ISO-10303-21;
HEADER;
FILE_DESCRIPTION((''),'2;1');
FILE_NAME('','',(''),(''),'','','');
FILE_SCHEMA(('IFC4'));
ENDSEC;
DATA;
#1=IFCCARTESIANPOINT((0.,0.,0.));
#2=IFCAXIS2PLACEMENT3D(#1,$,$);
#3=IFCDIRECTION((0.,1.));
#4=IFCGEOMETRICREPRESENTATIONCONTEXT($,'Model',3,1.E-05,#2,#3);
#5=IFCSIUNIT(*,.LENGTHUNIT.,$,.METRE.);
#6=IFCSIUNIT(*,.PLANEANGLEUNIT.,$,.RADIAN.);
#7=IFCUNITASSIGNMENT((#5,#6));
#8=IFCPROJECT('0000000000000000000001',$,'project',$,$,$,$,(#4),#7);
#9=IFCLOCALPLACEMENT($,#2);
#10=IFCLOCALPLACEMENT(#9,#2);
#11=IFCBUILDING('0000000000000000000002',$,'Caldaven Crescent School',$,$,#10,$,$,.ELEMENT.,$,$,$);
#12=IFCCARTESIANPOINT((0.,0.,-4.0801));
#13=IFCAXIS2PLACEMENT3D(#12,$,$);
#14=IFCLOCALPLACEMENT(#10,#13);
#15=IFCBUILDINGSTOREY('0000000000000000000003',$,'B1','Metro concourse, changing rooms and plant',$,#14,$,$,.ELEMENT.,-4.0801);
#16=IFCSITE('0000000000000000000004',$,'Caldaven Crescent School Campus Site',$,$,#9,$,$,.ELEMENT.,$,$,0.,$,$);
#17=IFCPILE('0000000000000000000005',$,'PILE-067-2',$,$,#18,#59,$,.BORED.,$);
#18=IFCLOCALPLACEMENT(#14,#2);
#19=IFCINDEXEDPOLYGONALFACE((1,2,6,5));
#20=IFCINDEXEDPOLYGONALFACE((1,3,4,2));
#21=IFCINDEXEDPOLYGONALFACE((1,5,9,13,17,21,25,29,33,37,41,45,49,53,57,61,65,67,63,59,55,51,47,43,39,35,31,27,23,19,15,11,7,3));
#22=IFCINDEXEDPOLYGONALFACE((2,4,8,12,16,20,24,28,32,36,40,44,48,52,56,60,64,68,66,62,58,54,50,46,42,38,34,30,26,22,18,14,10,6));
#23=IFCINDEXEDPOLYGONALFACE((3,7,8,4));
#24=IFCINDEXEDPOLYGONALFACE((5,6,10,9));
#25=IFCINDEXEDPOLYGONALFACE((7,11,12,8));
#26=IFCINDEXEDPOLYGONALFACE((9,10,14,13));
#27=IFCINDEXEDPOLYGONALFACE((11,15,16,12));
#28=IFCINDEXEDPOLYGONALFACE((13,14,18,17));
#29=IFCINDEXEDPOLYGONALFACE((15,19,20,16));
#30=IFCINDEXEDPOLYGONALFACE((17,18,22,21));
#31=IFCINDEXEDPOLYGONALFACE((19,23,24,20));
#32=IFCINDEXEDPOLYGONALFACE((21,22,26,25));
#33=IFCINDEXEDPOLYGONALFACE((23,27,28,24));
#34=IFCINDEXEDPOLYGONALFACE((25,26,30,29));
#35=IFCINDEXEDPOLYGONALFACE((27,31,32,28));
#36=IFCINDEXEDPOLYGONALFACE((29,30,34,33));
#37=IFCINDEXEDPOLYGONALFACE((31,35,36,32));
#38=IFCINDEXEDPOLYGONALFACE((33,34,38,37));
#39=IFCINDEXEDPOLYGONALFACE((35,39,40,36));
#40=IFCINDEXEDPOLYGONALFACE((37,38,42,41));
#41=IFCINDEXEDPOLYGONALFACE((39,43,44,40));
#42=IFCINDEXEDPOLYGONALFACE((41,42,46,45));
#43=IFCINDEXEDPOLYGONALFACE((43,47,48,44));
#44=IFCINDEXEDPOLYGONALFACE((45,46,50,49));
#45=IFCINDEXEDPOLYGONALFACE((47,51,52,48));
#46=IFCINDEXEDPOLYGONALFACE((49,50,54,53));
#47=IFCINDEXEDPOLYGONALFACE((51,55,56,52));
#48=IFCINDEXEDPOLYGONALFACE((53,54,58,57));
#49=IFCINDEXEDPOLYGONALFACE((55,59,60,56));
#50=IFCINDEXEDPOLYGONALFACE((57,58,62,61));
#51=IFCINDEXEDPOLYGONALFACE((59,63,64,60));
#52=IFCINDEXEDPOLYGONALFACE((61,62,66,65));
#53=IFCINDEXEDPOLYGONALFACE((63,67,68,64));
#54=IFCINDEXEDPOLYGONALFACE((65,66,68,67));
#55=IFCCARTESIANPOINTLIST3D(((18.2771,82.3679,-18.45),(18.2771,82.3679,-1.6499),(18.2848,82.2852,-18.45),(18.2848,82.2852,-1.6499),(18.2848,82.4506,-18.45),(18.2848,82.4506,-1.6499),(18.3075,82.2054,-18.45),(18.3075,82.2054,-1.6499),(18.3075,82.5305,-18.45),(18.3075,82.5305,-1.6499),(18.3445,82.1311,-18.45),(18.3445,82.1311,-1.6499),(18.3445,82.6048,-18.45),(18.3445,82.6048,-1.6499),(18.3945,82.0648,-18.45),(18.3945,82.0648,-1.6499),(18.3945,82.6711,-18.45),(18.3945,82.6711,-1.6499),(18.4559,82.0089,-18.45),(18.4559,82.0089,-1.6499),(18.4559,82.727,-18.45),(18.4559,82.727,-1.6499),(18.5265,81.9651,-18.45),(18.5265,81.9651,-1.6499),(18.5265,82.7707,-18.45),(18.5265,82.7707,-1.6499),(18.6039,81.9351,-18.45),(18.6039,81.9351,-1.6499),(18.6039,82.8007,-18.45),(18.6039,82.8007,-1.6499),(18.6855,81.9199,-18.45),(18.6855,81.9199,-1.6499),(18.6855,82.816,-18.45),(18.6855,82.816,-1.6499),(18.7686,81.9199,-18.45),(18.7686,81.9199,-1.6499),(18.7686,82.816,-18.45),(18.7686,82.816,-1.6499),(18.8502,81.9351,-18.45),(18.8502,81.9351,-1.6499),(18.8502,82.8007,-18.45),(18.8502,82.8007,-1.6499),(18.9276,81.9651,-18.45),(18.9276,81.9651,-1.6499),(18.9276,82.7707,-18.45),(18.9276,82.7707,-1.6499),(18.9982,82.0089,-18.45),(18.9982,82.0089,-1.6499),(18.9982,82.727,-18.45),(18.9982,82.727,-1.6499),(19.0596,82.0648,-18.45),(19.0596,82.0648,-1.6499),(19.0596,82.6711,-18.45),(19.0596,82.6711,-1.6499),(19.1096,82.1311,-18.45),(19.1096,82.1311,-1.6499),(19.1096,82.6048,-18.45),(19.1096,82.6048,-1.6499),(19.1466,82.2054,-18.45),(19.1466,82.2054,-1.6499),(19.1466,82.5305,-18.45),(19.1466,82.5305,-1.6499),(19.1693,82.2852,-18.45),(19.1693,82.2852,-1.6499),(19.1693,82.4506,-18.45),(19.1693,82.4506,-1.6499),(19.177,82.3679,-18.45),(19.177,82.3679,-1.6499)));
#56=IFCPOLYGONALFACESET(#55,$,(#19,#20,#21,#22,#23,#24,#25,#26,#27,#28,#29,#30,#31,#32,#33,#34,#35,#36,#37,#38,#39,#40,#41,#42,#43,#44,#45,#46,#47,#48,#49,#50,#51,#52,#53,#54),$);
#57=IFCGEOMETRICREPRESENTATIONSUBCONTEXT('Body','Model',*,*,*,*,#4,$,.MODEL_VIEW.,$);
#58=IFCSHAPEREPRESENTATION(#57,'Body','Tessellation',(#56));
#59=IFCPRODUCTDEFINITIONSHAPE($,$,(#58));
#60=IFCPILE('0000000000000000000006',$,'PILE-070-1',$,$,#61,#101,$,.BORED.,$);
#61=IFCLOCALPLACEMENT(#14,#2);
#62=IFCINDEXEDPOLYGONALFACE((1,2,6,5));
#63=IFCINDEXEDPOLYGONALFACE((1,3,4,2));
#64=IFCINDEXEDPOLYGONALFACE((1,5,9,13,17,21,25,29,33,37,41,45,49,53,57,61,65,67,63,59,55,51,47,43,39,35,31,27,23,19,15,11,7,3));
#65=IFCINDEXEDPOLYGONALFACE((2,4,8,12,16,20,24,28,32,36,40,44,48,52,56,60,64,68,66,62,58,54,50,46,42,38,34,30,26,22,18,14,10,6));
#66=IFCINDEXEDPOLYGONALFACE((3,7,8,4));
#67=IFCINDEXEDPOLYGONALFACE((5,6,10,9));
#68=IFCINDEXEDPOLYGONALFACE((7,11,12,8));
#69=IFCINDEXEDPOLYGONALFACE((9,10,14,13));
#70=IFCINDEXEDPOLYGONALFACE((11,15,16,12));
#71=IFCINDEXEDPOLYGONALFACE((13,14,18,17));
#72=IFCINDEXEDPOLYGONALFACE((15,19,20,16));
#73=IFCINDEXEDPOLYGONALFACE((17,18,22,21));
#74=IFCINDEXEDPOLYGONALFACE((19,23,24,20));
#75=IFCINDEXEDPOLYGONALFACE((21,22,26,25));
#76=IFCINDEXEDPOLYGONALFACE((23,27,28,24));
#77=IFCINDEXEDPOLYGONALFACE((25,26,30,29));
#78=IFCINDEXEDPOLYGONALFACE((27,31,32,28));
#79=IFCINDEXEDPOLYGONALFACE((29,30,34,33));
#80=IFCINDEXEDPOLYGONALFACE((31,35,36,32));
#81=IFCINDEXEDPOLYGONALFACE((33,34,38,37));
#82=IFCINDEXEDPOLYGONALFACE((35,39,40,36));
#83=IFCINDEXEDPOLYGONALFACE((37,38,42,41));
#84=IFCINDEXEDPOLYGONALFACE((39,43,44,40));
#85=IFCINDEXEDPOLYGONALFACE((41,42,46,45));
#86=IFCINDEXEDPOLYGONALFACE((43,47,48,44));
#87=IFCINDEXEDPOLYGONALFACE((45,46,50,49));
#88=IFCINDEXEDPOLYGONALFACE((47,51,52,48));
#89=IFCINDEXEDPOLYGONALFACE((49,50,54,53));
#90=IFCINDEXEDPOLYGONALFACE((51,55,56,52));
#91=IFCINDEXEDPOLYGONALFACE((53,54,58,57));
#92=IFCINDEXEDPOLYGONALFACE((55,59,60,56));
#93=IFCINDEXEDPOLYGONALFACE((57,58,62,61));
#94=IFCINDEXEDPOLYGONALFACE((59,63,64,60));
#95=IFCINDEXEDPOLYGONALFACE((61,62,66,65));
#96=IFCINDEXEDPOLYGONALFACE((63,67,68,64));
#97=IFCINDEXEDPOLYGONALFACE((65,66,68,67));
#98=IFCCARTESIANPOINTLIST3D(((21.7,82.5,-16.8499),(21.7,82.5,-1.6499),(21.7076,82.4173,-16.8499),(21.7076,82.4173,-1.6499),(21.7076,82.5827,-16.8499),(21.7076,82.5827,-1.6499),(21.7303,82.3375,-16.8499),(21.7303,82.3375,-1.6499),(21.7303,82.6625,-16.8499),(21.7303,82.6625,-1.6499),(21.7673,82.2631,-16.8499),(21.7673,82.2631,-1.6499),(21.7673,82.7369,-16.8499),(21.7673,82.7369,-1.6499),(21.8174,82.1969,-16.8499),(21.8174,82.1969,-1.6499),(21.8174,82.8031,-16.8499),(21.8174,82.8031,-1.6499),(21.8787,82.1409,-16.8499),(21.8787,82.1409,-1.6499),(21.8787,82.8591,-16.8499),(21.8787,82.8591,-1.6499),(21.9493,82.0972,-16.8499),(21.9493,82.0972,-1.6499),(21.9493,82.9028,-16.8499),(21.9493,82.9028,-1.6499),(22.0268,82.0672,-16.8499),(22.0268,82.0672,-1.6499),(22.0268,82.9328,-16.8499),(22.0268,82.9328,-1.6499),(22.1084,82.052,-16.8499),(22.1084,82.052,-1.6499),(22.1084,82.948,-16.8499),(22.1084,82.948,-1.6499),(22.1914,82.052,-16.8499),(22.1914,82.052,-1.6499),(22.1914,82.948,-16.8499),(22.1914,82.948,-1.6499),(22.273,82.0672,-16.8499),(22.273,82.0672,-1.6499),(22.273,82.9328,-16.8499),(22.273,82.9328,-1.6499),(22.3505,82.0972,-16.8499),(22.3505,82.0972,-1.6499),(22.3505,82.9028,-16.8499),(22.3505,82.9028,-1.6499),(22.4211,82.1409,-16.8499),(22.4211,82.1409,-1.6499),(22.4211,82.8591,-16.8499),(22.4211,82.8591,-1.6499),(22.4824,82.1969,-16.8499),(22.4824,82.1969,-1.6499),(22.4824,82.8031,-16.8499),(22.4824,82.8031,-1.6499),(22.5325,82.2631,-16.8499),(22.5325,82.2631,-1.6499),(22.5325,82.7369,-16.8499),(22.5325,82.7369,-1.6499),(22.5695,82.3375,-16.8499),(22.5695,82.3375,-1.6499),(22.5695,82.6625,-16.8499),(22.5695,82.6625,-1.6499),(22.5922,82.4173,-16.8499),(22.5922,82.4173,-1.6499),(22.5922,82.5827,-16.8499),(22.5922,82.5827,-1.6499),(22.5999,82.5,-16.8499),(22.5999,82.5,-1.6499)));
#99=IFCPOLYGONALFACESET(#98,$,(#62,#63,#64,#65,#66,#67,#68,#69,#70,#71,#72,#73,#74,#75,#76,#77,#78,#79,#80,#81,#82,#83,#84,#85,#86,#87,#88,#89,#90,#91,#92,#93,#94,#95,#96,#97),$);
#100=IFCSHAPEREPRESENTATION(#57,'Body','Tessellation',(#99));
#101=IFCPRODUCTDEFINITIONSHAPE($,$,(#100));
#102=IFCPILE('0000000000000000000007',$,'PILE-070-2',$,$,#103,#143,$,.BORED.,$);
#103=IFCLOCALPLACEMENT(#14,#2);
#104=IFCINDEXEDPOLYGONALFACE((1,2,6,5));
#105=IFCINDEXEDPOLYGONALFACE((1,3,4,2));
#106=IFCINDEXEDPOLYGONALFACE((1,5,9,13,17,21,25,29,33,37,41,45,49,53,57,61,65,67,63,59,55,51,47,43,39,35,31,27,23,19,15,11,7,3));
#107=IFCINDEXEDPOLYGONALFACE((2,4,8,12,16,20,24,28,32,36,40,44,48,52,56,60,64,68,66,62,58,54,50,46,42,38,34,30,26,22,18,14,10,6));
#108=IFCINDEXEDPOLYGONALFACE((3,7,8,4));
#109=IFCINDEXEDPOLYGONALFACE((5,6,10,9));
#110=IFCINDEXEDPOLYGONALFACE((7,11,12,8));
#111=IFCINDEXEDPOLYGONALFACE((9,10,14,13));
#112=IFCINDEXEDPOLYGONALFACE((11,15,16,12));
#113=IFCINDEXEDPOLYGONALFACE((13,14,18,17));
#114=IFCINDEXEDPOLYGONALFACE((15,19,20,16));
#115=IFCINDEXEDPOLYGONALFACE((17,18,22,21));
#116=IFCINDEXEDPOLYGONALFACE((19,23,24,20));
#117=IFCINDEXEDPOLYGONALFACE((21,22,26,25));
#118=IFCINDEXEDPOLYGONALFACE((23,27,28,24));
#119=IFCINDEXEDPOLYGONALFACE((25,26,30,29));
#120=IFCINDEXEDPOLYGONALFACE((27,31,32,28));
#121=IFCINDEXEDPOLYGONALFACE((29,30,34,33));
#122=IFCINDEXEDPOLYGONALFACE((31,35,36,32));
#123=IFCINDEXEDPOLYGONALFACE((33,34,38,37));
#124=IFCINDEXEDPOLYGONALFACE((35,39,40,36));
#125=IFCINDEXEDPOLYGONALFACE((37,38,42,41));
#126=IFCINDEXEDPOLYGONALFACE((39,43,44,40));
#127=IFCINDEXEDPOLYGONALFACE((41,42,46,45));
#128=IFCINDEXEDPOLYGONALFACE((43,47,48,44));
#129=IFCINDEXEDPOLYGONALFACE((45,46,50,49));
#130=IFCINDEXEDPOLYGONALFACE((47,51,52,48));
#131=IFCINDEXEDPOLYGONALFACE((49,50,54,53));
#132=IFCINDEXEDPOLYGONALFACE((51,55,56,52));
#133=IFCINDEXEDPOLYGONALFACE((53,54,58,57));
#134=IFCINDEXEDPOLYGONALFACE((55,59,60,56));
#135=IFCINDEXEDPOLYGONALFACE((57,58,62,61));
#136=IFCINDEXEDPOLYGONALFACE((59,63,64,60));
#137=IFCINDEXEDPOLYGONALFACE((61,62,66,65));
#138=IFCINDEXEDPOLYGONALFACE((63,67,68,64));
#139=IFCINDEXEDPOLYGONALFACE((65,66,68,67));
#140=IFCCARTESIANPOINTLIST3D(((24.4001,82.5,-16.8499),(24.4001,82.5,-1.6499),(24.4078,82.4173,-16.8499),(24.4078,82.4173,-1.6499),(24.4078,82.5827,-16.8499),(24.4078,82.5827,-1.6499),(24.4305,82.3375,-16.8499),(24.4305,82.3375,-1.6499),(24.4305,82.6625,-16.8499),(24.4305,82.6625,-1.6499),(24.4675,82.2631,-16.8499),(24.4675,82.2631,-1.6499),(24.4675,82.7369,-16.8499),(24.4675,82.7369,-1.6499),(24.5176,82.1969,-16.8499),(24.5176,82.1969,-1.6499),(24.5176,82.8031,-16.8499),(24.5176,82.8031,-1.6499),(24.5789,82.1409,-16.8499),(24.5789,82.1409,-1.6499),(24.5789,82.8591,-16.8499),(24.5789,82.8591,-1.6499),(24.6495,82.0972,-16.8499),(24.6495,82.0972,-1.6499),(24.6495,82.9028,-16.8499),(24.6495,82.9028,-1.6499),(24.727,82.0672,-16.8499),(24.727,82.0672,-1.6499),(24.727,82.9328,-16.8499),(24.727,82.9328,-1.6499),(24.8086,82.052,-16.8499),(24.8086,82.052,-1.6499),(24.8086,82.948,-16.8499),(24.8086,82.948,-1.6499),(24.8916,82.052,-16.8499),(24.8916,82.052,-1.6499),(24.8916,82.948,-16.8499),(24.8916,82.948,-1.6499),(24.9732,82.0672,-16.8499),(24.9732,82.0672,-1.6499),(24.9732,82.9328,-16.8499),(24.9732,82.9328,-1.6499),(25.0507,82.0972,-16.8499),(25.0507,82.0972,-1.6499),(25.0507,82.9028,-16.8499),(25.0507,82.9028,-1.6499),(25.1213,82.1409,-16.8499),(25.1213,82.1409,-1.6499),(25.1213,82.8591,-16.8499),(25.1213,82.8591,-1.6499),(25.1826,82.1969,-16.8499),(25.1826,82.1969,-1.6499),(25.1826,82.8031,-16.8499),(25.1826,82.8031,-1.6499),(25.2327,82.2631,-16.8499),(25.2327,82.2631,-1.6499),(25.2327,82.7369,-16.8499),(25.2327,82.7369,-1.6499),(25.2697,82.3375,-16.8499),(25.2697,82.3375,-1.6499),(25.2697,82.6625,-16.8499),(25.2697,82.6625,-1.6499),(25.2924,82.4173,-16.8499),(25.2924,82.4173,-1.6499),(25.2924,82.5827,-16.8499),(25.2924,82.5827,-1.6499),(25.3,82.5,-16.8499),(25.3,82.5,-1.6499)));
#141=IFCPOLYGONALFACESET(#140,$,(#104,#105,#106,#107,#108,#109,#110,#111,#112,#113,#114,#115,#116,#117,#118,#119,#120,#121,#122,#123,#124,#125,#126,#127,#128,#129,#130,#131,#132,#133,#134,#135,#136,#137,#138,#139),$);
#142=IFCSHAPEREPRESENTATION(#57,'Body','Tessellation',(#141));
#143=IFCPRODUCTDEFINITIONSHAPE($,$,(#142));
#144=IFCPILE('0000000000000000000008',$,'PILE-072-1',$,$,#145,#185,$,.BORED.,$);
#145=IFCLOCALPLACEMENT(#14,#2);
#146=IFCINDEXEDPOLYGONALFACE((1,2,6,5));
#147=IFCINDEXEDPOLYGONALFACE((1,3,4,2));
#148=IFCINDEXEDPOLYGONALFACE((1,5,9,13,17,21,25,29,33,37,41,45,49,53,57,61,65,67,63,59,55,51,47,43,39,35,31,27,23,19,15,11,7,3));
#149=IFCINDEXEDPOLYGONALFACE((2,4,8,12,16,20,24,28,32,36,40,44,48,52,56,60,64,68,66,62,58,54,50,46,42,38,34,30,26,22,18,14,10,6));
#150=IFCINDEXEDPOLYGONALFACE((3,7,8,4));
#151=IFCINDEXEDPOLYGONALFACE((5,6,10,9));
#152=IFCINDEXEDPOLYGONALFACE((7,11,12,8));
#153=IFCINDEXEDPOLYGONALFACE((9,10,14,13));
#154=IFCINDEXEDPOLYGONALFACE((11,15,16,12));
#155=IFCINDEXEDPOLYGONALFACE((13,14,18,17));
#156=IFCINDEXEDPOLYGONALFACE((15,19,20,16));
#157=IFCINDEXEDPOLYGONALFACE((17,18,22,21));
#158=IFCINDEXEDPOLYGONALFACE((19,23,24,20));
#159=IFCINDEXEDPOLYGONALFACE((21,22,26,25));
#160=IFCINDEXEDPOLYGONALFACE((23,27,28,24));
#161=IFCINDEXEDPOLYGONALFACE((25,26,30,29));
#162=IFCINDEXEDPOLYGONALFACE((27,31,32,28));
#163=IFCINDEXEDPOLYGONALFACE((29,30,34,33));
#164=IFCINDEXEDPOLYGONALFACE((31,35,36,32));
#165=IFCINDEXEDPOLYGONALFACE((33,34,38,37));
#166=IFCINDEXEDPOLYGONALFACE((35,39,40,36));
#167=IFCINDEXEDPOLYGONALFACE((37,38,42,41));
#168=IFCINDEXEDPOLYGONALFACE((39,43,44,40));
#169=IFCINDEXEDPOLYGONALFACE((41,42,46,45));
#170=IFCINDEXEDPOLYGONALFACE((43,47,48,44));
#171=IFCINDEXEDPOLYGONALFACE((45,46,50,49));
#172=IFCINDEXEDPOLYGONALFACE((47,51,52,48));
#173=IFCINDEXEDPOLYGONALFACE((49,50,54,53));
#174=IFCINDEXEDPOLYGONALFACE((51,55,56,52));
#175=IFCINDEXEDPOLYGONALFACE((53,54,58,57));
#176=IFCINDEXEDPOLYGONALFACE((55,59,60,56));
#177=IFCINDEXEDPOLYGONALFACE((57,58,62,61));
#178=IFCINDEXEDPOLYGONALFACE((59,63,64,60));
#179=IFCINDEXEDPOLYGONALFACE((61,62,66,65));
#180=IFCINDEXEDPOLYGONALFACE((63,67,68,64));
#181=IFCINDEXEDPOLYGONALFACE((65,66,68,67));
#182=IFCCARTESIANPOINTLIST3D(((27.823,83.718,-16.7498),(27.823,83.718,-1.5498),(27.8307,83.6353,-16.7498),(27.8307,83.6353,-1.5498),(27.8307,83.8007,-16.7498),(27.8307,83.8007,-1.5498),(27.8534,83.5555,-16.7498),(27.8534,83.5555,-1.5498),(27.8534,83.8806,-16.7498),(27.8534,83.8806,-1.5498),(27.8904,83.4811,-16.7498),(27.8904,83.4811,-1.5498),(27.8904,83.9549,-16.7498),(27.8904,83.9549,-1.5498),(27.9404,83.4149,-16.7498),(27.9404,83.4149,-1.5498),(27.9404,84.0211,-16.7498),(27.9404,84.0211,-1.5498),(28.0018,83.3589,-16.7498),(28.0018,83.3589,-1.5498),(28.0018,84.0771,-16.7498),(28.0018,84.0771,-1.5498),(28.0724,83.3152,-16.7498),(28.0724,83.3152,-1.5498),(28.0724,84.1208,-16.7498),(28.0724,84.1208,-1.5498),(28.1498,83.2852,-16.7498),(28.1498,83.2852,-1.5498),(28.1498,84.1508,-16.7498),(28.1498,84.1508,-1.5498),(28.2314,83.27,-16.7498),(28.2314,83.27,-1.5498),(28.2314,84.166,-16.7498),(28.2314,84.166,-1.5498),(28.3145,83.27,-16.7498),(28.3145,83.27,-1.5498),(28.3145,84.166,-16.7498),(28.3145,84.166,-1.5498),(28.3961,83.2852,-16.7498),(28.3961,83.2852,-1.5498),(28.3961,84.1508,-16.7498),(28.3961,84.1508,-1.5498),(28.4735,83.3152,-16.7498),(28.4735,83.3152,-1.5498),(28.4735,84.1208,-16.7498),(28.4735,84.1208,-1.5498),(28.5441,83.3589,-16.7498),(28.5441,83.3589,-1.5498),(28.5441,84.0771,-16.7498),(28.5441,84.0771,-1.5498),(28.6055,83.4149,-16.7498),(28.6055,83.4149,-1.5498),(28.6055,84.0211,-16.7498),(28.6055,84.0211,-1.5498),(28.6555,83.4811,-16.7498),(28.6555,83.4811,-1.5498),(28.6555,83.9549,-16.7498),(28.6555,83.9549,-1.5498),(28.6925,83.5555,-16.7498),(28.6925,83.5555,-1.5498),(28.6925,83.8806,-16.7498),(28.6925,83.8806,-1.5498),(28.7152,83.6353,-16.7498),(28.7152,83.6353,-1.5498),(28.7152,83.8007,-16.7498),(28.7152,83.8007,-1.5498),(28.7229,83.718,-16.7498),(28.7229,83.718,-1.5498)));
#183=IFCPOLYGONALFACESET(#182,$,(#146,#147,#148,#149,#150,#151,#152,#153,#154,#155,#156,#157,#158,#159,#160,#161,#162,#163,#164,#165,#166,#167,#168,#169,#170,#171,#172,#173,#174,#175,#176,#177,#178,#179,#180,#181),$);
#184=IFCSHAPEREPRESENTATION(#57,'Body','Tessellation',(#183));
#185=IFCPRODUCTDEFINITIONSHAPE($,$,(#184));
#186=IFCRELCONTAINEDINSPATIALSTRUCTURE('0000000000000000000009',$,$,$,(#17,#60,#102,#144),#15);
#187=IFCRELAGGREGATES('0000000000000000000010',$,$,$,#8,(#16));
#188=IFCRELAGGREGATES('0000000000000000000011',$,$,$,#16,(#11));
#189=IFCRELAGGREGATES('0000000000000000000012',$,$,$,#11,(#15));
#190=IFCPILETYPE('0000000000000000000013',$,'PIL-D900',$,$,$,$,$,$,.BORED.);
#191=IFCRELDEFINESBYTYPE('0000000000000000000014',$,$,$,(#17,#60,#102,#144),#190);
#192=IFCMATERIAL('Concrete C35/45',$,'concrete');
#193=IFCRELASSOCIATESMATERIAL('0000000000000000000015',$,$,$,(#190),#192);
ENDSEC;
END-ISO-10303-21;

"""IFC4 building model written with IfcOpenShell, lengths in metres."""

from ifc_helpers import new_model, si_unit, direction, frame, origin, origin_2d, place, context, subcontext, project, spatial, circle, extrude, material, material_profile, profile_set, type_object, element, save


model = new_model("IFC4")

# Units and contexts
model_context = context("Model", 3, precision=1e-05, world=origin(), true_north=direction((0.0, 1.0)))
body_context = subcontext(model_context, "Body", "Model", "MODEL_VIEW")
ifc_project = project(units=[si_unit("LENGTHUNIT", "METRE"), si_unit("PLANEANGLEUNIT", "RADIAN")], contexts=[model_context])

# Site, building, storey
site_placement = place(None, origin())
site = spatial("IfcSite", under=ifc_project, at=site_placement, Name="Caldaven Crescent School Campus Site", CompositionType="ELEMENT", RefElevation=0.0)
building_placement = place(site_placement, origin())
building = spatial("IfcBuilding", under=site, at=building_placement, Name="Caldaven Crescent School", CompositionType="ELEMENT")
storey_placement = place(building_placement, frame((0.0, 0.0, -4.0801)))
storey = spatial("IfcBuildingStorey", under=building, at=storey_placement, Name="B1", Description="Metro concourse, changing rooms and plant", CompositionType="ELEMENT", Elevation=-4.0801)

# Shared definitions
ifc_material_1 = material(Name="Concrete C35/45", Category="concrete")

# Piles
ifc_material_profile_1 = material_profile(ifc_material_1, circle(Radius=0.45, at=origin_2d()), Name="PILE D900")
ifc_profile_set_1 = profile_set([ifc_material_profile_1], Name="Concrete C35/45")
pile_type_1 = type_object("IfcPileType", Name="PIL-D900", PredefinedType="BORED", material=ifc_profile_set_1)
for number, where, z_axis, x_axis, name in (
    (1, (18.7271, 82.3679, -1.6499), (0.0, 0.0, -1.0), (1.0, 0.0, 0.0), "PILE-067-2"),
):
    element("IfcPile", number, at=place(storey_placement, frame(where, z_axis=z_axis, x_axis=x_axis)), inside=storey, type_object=pile_type_1, Name=name, PredefinedType="BORED", context=body_context, shape_type="SweptSolid", body=[
        extrude(circle(Radius=0.45, at=origin_2d()), origin(), (0.0, 0.0, 1.0), 16.8),
    ])
for number, where, z_axis, x_axis, name in (
    (2, (22.1499, 82.5, -1.6499), (0.0, 0.0, -1.0), (1.0, 0.0, 0.0), "PILE-070-1"),
    (3, (24.8501, 82.5, -1.6499), (0.0, 0.0, -1.0), (1.0, 0.0, 0.0), "PILE-070-2"),
    (4, (28.2729, 83.718, -1.5498), (0.0, 0.0, -1.0), (1.0, 0.0, 0.0), "PILE-072-1"),
):
    element("IfcPile", number, at=place(storey_placement, frame(where, z_axis=z_axis, x_axis=x_axis)), inside=storey, type_object=pile_type_1, Name=name, PredefinedType="BORED", context=body_context, shape_type="SweptSolid", body=[
        extrude(circle(Radius=0.45, at=origin_2d()), origin(), (0.0, 0.0, 1.0), 15.2),
    ])

save(model, "model.ifc")
